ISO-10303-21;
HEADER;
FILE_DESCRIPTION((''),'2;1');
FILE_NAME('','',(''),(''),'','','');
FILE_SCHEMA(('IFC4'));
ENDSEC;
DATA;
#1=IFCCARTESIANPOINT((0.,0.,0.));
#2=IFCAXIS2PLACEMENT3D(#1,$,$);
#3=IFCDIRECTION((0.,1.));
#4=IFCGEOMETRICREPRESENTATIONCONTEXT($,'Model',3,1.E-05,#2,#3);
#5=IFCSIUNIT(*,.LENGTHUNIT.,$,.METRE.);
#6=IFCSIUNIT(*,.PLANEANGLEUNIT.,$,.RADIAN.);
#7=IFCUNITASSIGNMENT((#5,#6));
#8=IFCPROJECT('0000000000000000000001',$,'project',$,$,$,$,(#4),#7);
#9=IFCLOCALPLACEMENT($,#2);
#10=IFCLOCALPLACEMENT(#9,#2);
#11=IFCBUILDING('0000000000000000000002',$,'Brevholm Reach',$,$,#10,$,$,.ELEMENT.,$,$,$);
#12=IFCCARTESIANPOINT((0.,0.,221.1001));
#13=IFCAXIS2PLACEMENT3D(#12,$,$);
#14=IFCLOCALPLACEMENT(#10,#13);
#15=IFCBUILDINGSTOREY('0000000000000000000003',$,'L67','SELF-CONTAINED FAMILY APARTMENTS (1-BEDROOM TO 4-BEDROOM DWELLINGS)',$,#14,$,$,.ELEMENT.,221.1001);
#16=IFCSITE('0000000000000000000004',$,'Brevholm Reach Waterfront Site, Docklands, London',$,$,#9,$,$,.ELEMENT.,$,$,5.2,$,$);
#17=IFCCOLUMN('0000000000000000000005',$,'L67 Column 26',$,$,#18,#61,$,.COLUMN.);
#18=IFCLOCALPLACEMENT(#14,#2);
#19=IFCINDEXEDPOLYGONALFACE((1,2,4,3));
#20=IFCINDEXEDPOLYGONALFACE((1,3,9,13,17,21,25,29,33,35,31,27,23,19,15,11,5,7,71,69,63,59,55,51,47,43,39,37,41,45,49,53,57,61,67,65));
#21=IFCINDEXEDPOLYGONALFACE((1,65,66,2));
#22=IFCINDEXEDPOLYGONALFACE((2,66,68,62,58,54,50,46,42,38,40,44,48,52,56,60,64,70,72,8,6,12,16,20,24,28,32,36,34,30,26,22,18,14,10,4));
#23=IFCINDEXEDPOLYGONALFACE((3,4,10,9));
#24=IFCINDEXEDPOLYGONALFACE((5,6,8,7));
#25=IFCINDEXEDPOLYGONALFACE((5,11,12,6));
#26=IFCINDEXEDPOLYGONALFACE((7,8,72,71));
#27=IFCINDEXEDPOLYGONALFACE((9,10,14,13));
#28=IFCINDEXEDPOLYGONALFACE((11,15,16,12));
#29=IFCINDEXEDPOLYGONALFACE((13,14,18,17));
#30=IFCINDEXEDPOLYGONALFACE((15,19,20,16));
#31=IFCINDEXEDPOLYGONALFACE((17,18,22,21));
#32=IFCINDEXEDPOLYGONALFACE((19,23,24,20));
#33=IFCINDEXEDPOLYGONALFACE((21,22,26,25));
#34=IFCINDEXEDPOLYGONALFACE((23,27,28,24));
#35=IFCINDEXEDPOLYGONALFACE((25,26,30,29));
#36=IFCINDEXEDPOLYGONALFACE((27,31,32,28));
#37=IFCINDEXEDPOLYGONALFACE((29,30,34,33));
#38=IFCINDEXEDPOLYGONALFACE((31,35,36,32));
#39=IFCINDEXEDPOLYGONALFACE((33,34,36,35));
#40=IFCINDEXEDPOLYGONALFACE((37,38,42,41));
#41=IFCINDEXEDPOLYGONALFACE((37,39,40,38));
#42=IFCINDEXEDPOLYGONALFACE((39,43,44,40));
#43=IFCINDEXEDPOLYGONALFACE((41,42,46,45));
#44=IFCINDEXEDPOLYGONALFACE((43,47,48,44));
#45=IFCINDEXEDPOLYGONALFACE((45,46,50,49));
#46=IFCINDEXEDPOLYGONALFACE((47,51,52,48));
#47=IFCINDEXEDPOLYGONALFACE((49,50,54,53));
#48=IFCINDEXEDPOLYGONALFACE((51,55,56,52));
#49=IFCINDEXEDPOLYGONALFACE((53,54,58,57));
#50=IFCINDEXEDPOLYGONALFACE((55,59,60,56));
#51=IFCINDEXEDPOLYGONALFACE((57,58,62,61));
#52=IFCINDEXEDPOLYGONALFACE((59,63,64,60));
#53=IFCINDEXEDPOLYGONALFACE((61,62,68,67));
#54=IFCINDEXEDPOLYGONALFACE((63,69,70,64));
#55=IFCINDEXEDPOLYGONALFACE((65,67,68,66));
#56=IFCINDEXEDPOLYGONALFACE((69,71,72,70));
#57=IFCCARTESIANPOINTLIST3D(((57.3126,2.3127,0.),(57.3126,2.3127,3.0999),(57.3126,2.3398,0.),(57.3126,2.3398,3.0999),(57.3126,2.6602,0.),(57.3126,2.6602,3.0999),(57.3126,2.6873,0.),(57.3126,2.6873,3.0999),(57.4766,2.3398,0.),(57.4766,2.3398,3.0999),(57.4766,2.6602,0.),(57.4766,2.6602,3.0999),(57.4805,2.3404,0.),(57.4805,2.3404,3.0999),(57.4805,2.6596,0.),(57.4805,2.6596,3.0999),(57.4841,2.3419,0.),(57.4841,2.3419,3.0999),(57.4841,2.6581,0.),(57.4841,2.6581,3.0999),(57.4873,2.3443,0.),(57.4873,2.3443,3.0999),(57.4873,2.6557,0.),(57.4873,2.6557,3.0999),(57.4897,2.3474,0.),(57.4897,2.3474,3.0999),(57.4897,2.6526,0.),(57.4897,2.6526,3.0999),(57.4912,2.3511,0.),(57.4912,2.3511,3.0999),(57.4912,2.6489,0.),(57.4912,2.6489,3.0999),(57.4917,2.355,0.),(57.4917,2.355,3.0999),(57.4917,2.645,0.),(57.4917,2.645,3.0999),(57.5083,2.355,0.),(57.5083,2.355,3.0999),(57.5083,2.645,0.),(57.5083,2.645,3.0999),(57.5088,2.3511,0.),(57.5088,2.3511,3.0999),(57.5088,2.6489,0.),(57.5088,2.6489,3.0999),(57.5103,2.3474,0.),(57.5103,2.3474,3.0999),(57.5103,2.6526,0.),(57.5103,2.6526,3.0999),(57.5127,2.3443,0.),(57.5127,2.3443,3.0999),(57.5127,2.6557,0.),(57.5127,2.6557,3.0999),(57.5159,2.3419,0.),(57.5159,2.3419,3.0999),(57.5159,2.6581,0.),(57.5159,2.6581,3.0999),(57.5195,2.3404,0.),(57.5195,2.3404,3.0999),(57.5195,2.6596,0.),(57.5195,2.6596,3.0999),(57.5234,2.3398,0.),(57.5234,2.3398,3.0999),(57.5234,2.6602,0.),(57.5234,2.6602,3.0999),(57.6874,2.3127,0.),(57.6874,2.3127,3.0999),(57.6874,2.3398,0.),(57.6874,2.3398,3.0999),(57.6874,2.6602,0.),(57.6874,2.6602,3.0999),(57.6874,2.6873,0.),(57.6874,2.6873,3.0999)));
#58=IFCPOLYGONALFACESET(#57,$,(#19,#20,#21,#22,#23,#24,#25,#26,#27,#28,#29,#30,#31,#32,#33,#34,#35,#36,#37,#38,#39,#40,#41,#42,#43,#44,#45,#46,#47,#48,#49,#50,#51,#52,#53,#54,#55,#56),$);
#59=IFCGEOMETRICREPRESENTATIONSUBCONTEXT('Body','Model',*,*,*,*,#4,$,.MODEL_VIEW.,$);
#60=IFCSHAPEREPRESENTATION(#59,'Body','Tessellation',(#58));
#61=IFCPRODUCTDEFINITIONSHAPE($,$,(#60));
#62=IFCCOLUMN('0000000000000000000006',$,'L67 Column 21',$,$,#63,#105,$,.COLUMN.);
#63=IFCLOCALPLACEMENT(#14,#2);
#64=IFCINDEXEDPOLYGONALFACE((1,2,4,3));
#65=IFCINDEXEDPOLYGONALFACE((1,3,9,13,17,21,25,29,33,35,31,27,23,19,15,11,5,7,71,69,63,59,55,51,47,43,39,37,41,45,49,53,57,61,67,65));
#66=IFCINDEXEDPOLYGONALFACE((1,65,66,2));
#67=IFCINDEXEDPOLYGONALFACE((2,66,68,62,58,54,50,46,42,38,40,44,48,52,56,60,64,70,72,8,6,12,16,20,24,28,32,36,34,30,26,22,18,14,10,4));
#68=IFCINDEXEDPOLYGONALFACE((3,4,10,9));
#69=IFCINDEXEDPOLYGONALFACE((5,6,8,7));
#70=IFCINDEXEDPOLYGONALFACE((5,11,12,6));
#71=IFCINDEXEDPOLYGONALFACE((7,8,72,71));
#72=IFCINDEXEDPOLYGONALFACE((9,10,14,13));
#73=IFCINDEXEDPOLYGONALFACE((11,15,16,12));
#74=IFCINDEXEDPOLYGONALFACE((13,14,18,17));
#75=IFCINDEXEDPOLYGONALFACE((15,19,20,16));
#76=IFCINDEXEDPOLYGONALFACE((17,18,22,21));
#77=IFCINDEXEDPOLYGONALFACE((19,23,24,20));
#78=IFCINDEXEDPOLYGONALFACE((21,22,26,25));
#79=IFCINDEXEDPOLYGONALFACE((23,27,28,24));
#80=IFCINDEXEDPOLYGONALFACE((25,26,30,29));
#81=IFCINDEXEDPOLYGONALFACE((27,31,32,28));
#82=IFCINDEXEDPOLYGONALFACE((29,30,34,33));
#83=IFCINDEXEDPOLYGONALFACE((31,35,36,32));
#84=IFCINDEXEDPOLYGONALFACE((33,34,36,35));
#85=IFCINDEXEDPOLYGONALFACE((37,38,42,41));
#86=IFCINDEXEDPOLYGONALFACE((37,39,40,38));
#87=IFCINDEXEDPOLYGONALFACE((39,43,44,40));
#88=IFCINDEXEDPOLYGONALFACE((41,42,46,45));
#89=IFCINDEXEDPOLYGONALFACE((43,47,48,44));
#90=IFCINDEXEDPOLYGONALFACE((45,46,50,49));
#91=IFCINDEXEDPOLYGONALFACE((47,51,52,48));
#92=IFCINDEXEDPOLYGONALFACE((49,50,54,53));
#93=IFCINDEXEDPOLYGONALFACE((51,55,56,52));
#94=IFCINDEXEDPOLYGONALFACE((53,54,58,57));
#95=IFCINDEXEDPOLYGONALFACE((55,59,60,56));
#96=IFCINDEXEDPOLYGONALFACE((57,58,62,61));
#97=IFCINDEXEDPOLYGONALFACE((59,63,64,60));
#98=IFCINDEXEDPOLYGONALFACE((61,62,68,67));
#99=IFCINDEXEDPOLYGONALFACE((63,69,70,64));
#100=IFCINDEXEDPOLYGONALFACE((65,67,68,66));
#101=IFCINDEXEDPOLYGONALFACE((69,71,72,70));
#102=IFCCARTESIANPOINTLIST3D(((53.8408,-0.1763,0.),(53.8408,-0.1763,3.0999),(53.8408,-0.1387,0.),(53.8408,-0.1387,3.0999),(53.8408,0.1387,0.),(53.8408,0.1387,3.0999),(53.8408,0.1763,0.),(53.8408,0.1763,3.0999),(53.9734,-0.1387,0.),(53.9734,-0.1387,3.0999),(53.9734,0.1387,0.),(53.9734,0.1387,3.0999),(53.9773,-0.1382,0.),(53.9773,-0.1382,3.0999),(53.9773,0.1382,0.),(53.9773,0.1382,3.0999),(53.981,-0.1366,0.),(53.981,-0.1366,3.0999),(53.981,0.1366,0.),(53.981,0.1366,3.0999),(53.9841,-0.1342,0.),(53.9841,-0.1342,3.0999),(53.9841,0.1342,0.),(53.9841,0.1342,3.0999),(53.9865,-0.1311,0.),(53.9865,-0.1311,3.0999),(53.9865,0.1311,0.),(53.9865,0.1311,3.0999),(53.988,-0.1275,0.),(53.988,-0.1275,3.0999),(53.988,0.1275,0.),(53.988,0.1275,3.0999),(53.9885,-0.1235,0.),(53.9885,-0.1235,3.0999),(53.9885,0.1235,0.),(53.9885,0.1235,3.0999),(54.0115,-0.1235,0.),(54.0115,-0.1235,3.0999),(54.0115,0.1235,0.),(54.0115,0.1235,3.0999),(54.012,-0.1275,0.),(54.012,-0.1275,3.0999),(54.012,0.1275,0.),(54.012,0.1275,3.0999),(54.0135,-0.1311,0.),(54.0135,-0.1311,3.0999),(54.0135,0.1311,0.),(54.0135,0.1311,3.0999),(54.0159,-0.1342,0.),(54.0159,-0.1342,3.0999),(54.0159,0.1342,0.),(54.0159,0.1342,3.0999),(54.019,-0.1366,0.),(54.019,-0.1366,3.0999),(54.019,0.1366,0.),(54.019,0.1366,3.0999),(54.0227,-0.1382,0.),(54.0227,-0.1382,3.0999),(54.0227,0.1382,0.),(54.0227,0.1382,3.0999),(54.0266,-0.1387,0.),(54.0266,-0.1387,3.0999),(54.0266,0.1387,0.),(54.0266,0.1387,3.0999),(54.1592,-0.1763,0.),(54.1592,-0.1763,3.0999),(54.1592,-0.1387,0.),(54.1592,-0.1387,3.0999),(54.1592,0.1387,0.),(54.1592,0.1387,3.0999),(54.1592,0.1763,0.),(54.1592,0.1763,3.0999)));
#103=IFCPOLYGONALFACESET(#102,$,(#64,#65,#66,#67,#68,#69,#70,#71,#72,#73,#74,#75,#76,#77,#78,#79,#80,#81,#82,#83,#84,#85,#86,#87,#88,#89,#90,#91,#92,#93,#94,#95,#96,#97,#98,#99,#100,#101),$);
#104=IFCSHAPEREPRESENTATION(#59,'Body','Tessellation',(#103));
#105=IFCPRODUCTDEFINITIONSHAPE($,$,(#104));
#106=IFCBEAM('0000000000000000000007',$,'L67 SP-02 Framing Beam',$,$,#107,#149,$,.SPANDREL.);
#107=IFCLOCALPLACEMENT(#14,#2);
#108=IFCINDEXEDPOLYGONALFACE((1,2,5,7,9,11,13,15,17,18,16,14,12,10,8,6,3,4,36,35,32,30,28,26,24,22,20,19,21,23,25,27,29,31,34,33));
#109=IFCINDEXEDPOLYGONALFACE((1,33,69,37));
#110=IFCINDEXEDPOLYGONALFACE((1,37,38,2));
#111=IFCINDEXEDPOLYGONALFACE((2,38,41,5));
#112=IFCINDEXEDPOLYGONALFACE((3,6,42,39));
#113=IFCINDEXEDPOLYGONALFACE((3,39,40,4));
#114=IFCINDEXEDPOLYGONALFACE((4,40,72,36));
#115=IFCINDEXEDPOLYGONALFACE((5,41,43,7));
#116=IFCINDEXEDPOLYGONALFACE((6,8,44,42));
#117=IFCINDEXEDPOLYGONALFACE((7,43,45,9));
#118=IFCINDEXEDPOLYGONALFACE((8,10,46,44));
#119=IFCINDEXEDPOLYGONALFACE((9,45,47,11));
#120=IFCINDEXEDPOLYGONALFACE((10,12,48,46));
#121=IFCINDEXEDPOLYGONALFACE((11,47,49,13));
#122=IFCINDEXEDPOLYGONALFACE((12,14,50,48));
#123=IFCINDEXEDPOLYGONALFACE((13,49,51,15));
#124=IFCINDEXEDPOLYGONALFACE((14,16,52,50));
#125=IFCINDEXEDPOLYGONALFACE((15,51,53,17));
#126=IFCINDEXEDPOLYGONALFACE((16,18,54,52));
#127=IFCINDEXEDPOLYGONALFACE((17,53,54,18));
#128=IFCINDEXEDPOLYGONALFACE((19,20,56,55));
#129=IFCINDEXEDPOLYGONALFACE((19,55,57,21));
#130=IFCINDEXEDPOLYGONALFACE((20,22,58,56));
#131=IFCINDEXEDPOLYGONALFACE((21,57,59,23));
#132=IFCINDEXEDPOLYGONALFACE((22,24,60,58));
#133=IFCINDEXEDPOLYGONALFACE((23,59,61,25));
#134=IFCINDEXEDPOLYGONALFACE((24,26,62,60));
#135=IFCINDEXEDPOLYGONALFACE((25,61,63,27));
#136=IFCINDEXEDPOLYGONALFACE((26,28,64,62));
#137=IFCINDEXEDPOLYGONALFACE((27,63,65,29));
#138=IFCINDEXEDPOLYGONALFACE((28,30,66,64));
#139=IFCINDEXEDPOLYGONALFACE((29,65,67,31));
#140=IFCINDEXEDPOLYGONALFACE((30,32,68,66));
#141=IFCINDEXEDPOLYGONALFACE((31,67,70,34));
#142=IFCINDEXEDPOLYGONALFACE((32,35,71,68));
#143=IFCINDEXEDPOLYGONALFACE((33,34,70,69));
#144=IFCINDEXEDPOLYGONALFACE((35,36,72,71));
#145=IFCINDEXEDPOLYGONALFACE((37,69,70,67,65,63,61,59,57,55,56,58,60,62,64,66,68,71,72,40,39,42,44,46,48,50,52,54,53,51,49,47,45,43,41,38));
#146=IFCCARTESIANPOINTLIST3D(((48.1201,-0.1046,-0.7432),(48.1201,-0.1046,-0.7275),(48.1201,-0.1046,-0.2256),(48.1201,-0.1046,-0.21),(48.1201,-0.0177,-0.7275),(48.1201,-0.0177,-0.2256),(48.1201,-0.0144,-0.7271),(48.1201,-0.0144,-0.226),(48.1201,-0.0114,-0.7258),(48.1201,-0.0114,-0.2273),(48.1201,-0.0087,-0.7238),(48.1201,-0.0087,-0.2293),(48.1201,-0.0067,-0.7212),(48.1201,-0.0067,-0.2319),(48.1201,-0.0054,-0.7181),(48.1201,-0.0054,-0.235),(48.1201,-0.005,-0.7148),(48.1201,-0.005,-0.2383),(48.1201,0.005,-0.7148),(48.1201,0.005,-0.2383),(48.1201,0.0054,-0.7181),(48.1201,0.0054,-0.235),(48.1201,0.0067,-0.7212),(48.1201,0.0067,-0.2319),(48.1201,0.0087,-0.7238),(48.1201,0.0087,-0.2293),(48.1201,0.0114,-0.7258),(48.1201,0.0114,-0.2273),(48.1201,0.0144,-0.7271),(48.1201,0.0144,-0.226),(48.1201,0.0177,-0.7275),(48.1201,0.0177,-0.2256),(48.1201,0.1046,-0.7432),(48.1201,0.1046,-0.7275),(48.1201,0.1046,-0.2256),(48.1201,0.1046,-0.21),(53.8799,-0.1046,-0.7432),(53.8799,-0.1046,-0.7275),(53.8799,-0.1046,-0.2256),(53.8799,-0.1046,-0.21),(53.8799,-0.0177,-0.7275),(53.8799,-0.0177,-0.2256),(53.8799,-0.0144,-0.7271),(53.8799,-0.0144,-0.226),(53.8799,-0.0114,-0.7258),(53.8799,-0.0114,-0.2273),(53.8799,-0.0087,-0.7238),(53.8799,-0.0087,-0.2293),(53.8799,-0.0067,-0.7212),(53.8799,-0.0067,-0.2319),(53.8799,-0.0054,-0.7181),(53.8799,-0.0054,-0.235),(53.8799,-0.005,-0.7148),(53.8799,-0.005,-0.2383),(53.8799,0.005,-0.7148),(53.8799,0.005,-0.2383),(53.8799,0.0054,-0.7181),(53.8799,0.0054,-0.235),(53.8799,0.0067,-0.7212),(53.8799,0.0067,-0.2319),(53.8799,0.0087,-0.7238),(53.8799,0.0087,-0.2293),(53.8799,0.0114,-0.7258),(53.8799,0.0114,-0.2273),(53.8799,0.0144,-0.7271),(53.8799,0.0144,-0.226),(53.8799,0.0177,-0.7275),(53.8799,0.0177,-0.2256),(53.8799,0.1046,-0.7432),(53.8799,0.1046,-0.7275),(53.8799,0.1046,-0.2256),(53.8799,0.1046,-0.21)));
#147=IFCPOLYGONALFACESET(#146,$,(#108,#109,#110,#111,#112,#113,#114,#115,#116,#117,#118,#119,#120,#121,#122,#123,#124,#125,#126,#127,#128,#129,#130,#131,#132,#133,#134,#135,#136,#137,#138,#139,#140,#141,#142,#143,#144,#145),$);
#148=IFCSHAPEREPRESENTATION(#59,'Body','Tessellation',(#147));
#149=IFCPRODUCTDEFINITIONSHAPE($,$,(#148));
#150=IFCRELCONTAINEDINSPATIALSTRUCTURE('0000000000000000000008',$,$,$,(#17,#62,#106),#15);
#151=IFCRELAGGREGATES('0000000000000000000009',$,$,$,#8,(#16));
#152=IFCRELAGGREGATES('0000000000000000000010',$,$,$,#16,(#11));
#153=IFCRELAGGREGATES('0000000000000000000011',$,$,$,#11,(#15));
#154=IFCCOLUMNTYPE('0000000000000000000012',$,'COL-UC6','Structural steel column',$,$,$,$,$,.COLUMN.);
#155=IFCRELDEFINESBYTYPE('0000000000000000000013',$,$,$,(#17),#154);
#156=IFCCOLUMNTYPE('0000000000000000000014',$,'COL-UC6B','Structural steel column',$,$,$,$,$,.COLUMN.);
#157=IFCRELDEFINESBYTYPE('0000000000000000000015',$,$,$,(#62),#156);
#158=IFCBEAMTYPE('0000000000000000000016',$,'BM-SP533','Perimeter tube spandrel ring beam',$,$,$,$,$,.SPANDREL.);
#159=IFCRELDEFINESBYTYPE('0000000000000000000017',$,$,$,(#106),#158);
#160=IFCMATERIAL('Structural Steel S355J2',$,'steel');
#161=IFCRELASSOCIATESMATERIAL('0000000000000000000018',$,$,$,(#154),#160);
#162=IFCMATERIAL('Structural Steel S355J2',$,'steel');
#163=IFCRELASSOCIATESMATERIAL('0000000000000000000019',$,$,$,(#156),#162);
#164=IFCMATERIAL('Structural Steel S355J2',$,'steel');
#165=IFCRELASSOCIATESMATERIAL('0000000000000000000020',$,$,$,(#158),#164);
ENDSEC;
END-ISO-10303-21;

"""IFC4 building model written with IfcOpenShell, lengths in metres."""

from ifc_helpers import new_model, si_unit, direction, frame, origin, origin_2d, place, context, subcontext, project, spatial, i_section, extrude, material, material_profile, profile_set, type_object, element, save


model = new_model("IFC4")

# Units and contexts
model_context = context("Model", 3, precision=1e-05, world=origin(), true_north=direction((0.0, 1.0)))
body_context = subcontext(model_context, "Body", "Model", "MODEL_VIEW")
ifc_project = project(units=[si_unit("LENGTHUNIT", "METRE"), si_unit("PLANEANGLEUNIT", "RADIAN")], contexts=[model_context])

# Site, building, storey
site_placement = place(None, origin())
site = spatial("IfcSite", under=ifc_project, at=site_placement, Name="Brevholm Reach Waterfront Site, Docklands, London", CompositionType="ELEMENT", RefElevation=5.2)
building_placement = place(site_placement, origin())
building = spatial("IfcBuilding", under=site, at=building_placement, Name="Brevholm Reach", CompositionType="ELEMENT")
storey_placement = place(building_placement, frame((0.0, 0.0, 221.1001)))
storey = spatial("IfcBuildingStorey", under=building, at=storey_placement, Name="L67", Description="SELF-CONTAINED FAMILY APARTMENTS (1-BEDROOM TO 4-BEDROOM DWELLINGS)", CompositionType="ELEMENT", Elevation=221.1001)

# Columns
ifc_material_1 = material(Name="Structural Steel S355J2", Category="steel")
ifc_material_profile_1 = material_profile(ifc_material_1, i_section(OverallWidth=0.3748, OverallDepth=0.3745, WebThickness=0.0166, FlangeThickness=0.0271, FilletRadius=0.0151, at=origin_2d()), Name="UKC 356x368x202")
ifc_profile_set_1 = profile_set([ifc_material_profile_1], Name="Structural Steel S355J2")
column_type_1 = type_object("IfcColumnType", Name="COL-UC6", Description="Structural steel column", PredefinedType="COLUMN", material=ifc_profile_set_1)
column_1_placement = place(storey_placement, frame((57.5, 2.5, 0.0), z_axis=(0.0, 0.0, 1.0), x_axis=(1.0, 0.0, 0.0)))
element("IfcColumn", 1, at=column_1_placement, inside=storey, type_object=column_type_1, Name="L67 Column 26", PredefinedType="COLUMN", context=body_context, shape_type="SweptSolid", body=[
    extrude(i_section(OverallWidth=0.3748, OverallDepth=0.3745, WebThickness=0.0166, FlangeThickness=0.0271, FilletRadius=0.0151, at=origin_2d()), origin(), (0.0, 0.0, 1.0), 3.0999),
])
ifc_material_2 = material(Name="Structural Steel S355J2", Category="steel")
ifc_material_profile_2 = material_profile(ifc_material_2, i_section(OverallWidth=0.3184, OverallDepth=0.3525, WebThickness=0.0229, FlangeThickness=0.0376, FilletRadius=0.0151, at=origin_2d()), Name="UKC 305x305x240")
ifc_profile_set_2 = profile_set([ifc_material_profile_2], Name="Structural Steel S355J2")
column_type_2 = type_object("IfcColumnType", Name="COL-UC6B", Description="Structural steel column", PredefinedType="COLUMN", material=ifc_profile_set_2)
column_2_placement = place(storey_placement, frame((54.0, 0.0, 0.0), z_axis=(0.0, 0.0, 1.0), x_axis=(1.0, 0.0, 0.0)))
element("IfcColumn", 2, at=column_2_placement, inside=storey, type_object=column_type_2, Name="L67 Column 21", PredefinedType="COLUMN", context=body_context, shape_type="SweptSolid", body=[
    extrude(i_section(OverallWidth=0.3184, OverallDepth=0.3525, WebThickness=0.0229, FlangeThickness=0.0376, FilletRadius=0.0151, at=origin_2d()), origin(), (0.0, 0.0, 1.0), 3.0999),
])

# Beam
ifc_material_3 = material(Name="Structural Steel S355J2", Category="steel")
ifc_material_profile_3 = material_profile(ifc_material_3, i_section(OverallWidth=0.2092, OverallDepth=0.5332, WebThickness=0.01, FlangeThickness=0.0156, FilletRadius=0.0127, at=origin_2d()), Name="UKB 533x210x92")
ifc_profile_set_3 = profile_set([ifc_material_profile_3], Name="Structural Steel S355J2")
beam_type_1 = type_object("IfcBeamType", Name="BM-SP533", Description="Perimeter tube spandrel ring beam", PredefinedType="SPANDREL", material=ifc_profile_set_3)
beam_1_placement = place(storey_placement, frame((48.1201, 0.0, -0.4766), z_axis=(1.0, 0.0, 0.0), x_axis=(0.0, 1.0, 0.0)))
element("IfcBeam", 3, at=beam_1_placement, inside=storey, type_object=beam_type_1, Name="L67 SP-02 Framing Beam", PredefinedType="SPANDREL", context=body_context, shape_type="SweptSolid", body=[
    extrude(i_section(OverallWidth=0.2092, OverallDepth=0.5332, WebThickness=0.01, FlangeThickness=0.0156, FilletRadius=0.0127, at=origin_2d()), origin(), (0.0, 0.0, 1.0), 5.7598),
])

save(model, "model.ifc")
